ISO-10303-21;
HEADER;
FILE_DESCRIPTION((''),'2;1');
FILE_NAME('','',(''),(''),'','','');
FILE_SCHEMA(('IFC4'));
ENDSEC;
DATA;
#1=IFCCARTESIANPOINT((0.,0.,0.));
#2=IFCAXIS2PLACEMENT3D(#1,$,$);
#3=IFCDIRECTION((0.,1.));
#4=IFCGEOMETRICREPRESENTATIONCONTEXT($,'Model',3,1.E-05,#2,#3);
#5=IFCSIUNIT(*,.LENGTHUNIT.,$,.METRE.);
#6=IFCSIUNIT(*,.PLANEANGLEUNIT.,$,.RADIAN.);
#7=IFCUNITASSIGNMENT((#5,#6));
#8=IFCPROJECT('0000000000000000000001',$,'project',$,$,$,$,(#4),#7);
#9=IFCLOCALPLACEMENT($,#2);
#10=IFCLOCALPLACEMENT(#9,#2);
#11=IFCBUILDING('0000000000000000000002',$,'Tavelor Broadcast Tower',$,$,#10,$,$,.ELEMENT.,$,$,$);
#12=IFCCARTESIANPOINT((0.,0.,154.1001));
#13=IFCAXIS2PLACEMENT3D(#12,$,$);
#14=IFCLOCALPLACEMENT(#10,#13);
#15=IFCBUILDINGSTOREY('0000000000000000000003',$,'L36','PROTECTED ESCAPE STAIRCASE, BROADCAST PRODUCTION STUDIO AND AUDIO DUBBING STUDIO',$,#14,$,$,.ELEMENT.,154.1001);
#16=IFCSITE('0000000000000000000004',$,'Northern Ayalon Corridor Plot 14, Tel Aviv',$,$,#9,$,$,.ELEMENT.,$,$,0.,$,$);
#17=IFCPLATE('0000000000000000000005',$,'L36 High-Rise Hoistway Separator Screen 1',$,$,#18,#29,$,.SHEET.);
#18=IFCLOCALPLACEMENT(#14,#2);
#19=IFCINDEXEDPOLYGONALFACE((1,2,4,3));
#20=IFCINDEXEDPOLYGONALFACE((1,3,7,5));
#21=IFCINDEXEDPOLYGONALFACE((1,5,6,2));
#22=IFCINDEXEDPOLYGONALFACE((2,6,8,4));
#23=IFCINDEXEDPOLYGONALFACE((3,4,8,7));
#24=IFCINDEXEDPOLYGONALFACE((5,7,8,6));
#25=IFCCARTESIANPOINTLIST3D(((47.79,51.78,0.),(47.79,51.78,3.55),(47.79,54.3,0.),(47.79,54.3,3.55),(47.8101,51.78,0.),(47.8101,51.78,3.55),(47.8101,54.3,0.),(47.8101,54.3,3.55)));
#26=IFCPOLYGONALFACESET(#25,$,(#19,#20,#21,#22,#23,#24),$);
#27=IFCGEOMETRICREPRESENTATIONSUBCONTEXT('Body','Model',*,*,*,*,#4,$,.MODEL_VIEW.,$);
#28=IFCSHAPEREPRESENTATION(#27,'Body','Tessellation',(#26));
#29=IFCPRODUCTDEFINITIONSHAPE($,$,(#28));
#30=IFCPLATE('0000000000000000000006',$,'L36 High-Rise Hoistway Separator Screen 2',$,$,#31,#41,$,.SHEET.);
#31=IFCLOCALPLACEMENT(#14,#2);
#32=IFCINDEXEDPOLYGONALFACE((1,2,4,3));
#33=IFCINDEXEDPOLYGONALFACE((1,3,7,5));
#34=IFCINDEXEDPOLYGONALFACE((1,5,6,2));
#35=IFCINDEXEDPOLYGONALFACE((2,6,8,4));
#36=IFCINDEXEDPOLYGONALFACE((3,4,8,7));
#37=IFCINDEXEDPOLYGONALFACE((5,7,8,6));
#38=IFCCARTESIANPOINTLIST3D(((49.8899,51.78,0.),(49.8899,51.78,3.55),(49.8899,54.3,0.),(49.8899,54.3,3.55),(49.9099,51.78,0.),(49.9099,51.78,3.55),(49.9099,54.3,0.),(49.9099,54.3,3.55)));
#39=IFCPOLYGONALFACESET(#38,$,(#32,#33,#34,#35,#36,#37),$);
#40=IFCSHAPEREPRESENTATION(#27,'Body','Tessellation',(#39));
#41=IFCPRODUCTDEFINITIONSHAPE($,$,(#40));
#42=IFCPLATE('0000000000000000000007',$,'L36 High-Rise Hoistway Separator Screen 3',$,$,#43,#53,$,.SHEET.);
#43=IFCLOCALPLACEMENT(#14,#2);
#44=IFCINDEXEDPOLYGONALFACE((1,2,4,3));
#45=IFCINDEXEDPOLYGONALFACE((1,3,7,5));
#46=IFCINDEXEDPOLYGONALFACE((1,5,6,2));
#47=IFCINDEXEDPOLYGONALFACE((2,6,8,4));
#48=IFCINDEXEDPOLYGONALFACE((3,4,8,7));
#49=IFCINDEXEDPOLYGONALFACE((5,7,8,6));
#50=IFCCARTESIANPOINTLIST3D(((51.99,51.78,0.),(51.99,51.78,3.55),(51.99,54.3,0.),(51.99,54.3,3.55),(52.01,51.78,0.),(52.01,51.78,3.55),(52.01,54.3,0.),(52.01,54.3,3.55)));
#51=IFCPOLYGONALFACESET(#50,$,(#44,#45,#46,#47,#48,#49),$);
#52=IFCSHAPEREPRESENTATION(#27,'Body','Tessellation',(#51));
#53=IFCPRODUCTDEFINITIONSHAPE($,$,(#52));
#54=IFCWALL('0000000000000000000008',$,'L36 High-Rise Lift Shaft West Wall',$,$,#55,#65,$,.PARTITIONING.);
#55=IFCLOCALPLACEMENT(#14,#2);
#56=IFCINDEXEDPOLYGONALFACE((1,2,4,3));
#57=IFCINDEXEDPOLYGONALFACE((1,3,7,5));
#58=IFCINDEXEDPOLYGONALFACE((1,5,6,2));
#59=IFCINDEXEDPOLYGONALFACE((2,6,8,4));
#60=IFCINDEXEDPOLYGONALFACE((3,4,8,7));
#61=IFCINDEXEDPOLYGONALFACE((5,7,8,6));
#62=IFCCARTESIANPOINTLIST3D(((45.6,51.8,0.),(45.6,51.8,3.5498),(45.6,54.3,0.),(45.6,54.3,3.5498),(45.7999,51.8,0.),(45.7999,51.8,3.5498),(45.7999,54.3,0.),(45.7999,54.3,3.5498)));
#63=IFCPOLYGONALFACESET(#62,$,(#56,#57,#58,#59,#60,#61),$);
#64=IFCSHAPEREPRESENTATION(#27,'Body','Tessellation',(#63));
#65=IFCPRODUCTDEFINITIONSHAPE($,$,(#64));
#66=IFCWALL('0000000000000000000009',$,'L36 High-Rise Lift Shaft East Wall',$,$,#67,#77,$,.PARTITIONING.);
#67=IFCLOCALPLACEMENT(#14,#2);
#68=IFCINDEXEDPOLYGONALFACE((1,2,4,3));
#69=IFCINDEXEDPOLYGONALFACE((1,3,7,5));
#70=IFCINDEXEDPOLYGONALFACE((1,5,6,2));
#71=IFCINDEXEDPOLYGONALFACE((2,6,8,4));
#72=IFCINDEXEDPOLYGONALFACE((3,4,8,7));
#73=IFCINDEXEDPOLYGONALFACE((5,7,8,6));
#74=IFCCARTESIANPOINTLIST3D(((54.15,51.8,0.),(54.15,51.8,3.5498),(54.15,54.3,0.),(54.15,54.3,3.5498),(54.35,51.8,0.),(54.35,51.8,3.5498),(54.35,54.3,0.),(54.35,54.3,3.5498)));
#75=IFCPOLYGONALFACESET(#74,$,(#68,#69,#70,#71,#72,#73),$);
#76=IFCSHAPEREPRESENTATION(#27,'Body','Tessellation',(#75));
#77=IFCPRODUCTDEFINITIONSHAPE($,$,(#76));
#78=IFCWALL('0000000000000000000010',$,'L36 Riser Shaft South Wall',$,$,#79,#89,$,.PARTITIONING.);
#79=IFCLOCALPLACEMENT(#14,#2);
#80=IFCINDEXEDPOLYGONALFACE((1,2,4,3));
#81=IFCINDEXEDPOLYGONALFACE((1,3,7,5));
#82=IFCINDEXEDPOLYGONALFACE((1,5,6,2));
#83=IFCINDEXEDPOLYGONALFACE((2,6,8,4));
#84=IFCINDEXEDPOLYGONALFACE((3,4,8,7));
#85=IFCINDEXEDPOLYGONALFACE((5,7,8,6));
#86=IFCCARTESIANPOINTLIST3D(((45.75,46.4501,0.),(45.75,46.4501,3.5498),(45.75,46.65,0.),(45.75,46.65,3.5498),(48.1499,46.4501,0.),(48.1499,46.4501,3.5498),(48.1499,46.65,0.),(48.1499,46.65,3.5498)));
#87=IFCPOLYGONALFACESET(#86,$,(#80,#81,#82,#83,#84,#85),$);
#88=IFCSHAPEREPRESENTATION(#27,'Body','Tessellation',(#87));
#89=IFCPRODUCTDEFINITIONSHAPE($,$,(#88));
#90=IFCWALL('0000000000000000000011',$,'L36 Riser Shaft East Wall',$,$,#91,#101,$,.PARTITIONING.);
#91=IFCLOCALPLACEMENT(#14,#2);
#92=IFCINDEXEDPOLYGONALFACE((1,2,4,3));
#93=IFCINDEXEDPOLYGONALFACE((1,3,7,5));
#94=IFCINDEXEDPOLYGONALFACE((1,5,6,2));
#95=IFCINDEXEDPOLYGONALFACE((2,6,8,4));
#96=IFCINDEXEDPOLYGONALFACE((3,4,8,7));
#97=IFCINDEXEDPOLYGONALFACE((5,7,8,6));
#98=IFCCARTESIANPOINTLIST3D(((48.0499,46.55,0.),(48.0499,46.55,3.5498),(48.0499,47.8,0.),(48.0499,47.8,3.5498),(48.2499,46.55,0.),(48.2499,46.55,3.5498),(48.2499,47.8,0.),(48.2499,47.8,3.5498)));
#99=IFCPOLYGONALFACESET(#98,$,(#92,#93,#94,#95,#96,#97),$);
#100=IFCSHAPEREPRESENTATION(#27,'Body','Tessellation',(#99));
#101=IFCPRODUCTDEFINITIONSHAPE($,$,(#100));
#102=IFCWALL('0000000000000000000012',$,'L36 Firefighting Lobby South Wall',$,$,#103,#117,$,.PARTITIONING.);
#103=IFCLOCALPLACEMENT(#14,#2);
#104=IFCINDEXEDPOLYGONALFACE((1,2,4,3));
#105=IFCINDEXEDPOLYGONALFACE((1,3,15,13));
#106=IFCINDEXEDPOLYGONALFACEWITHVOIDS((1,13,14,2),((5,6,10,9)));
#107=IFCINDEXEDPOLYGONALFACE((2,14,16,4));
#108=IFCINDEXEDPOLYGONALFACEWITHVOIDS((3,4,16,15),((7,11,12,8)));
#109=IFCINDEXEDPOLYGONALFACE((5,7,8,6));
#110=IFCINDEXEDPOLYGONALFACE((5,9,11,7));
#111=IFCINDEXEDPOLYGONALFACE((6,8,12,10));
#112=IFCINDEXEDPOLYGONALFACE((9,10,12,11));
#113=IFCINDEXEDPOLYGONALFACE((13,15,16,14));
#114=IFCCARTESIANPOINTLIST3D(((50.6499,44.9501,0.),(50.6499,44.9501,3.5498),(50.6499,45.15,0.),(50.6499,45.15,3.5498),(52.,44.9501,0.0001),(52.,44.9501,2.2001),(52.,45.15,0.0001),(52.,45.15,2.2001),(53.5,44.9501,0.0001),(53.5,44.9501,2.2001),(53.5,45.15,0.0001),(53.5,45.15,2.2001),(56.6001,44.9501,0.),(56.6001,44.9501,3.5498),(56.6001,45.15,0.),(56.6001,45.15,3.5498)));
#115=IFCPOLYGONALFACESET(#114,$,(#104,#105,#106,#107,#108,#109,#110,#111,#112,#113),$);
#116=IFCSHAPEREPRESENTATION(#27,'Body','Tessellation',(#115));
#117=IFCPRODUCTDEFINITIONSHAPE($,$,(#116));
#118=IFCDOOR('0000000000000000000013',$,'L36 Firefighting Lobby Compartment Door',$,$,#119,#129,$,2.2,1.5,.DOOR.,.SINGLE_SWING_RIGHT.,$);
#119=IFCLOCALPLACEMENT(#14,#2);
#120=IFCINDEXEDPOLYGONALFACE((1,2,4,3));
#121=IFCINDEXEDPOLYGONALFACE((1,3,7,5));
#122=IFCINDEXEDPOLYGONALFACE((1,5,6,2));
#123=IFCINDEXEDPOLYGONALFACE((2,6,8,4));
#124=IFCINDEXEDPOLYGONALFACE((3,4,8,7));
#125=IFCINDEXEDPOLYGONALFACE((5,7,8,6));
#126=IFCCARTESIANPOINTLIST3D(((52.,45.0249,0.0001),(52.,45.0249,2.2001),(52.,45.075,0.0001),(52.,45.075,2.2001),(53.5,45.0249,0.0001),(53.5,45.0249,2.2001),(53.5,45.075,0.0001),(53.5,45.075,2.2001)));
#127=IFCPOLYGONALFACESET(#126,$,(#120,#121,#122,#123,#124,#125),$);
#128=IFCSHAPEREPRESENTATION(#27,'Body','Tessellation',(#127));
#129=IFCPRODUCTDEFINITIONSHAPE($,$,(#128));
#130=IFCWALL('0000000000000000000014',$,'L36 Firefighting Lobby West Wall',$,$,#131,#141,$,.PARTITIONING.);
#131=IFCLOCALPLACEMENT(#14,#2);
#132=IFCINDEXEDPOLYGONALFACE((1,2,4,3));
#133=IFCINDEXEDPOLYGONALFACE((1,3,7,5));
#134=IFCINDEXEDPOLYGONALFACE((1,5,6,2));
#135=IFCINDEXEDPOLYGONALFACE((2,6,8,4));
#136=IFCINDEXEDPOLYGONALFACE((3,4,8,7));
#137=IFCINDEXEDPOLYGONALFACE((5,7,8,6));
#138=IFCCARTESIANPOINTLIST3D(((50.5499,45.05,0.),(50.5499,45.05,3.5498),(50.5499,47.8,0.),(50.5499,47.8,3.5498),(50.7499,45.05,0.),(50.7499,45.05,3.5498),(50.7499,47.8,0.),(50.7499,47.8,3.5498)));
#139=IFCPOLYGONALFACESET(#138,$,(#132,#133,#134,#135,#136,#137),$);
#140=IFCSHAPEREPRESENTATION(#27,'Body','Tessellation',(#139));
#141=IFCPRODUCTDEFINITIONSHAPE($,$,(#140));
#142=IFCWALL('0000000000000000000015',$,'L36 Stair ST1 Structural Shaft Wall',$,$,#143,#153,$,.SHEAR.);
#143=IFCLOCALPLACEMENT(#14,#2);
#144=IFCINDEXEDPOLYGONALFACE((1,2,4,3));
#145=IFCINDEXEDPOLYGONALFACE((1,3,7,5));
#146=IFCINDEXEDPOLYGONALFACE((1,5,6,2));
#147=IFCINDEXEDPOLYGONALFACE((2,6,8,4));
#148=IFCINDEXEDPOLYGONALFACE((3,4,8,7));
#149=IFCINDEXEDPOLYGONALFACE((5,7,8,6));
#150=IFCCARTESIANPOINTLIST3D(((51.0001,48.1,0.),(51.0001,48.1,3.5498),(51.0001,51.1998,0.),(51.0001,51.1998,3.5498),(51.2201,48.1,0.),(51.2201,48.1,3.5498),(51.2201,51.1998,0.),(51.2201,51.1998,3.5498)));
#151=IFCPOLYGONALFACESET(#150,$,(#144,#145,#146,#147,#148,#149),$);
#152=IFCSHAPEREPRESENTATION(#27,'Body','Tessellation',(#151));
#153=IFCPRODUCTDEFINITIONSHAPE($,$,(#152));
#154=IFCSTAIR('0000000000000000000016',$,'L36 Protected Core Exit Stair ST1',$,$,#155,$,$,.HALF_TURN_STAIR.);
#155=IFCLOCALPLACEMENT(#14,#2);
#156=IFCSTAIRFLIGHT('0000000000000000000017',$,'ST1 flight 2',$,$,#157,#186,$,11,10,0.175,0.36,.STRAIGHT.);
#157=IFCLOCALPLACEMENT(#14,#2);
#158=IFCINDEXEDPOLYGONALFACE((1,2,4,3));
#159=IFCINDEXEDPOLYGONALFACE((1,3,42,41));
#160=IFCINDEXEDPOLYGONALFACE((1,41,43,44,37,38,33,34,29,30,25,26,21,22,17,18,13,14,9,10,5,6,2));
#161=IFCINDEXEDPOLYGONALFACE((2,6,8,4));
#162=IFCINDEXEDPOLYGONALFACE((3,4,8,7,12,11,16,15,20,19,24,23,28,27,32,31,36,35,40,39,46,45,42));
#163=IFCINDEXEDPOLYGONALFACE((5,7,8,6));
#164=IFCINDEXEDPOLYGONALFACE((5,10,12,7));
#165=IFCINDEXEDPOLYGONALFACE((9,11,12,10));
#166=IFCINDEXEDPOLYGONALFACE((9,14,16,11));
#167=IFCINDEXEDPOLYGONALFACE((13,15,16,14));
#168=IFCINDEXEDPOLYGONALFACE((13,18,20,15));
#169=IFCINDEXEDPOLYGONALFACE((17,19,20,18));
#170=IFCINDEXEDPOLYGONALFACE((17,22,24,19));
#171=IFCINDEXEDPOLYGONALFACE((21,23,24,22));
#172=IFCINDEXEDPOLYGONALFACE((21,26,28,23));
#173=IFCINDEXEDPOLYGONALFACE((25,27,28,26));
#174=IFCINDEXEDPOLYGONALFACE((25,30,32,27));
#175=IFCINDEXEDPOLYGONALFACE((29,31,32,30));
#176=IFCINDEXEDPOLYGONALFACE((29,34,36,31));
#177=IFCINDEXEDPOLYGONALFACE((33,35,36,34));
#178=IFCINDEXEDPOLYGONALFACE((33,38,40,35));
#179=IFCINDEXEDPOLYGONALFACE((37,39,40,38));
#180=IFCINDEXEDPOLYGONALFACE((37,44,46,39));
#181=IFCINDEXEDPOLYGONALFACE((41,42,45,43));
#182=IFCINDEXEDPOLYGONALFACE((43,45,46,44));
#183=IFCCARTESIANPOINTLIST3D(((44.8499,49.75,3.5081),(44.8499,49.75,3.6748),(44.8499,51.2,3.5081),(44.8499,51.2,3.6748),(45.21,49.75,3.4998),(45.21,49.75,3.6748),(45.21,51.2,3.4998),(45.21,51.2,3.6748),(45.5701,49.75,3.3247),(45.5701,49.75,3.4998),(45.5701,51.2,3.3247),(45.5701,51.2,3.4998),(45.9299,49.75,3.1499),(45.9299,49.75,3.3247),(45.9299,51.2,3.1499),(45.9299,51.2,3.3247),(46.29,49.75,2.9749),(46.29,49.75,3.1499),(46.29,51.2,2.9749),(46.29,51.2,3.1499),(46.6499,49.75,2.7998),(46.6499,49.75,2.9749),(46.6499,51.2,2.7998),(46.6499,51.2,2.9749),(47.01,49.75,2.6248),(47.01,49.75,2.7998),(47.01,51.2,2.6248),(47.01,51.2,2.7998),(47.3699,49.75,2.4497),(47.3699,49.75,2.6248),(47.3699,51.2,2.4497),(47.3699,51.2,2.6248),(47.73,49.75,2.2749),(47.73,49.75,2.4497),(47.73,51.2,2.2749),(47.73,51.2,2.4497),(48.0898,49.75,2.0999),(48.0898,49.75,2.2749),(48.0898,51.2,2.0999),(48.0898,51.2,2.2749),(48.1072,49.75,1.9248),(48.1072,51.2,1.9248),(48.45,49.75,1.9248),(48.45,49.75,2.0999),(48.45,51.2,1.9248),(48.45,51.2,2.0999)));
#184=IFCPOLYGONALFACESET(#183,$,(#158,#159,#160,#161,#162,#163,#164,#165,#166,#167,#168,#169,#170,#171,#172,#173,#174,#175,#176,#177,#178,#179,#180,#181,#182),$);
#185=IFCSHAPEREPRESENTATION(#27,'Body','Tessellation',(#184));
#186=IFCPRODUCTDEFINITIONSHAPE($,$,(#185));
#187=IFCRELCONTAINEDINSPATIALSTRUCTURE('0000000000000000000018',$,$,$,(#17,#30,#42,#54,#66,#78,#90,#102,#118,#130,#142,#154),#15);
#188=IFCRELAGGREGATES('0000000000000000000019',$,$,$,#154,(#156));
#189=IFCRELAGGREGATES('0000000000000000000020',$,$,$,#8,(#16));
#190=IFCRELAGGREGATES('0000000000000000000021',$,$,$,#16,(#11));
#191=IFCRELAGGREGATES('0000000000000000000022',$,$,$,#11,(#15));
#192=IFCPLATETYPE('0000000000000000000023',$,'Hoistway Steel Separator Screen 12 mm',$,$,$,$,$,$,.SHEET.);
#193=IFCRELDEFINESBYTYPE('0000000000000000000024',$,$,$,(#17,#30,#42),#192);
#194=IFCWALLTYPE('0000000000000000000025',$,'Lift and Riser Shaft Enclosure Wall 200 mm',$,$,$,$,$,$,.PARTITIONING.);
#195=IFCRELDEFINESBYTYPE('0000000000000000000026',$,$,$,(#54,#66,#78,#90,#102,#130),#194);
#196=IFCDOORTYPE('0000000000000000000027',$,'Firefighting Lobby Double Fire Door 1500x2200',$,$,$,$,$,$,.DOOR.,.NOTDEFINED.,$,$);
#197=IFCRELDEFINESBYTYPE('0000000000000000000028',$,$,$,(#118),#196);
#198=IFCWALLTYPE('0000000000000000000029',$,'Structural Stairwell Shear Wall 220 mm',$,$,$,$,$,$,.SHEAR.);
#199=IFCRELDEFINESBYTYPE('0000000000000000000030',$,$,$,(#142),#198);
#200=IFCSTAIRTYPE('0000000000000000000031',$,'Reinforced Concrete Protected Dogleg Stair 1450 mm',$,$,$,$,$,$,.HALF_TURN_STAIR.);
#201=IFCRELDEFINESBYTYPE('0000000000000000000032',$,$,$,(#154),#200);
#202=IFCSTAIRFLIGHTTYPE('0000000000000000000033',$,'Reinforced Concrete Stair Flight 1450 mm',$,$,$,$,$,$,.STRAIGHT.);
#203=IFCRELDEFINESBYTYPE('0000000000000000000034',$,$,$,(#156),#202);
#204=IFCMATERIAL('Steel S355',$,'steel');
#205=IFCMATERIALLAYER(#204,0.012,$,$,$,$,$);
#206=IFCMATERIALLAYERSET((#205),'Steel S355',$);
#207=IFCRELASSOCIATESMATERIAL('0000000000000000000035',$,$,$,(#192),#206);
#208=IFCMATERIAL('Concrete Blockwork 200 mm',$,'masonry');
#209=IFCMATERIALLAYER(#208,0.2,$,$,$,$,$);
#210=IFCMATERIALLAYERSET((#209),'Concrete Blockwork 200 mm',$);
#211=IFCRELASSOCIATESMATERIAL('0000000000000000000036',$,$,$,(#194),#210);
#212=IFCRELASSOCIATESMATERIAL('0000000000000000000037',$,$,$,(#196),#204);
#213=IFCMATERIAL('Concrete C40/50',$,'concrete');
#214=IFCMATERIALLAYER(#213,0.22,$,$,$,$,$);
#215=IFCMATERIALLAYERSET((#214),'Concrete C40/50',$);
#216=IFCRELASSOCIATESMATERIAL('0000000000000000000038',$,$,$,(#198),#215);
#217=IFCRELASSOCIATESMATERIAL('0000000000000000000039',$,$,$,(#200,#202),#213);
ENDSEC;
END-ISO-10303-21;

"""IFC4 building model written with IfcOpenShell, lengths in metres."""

from ifc_helpers import new_model, si_unit, direction, frame, frame_2d, origin, origin_2d, place, context, subcontext, project, spatial, polyline, rectangle, outline, extrude, source, transform, mapped, material, layer, layer_set, type_object, type_shapes, element, fill, aggregate, save


model = new_model("IFC4")

# Units and contexts
model_context = context("Model", 3, precision=1e-05, world=origin(), true_north=direction((0.0, 1.0)))
body_context = subcontext(model_context, "Body", "Model", "MODEL_VIEW")
ifc_project = project(units=[si_unit("LENGTHUNIT", "METRE"), si_unit("PLANEANGLEUNIT", "RADIAN")], contexts=[model_context])

# Site, building, storey
site_placement = place(None, origin())
site = spatial("IfcSite", under=ifc_project, at=site_placement, Name="Northern Ayalon Corridor Plot 14, Tel Aviv", CompositionType="ELEMENT", RefElevation=0.0)
building_placement = place(site_placement, origin())
building = spatial("IfcBuilding", under=site, at=building_placement, Name="Tavelor Broadcast Tower", CompositionType="ELEMENT")
storey_placement = place(building_placement, frame((0.0, 0.0, 154.1001)))
storey = spatial("IfcBuildingStorey", under=building, at=storey_placement, Name="L36", Description="PROTECTED ESCAPE STAIRCASE, BROADCAST PRODUCTION STUDIO AND AUDIO DUBBING STUDIO", CompositionType="ELEMENT", Elevation=154.1001)

# Shared definitions
ifc_material_1 = material(Name="Concrete C40/50", Category="concrete")
ifc_material_2 = material(Name="Steel S355", Category="steel")

# Plates
ifc_layer_1 = layer(ifc_material_2, 0.012)
ifc_layer_set_1 = layer_set([ifc_layer_1], Name="Steel S355")
plate_type = type_object("IfcPlateType", Name="Hoistway Steel Separator Screen 12 mm", PredefinedType="SHEET", material=ifc_layer_set_1)
shared_shape = source(origin(), body_context, "Body", "SweptSolid", [
    extrude(rectangle(XDim=0.02, YDim=2.52, at=origin_2d()), origin(), (0.0, 0.0, 1.0), 3.55),
])
type_shapes(plate_type, [shared_shape])
for number, where, z_axis, x_axis, name in (
    (1, (47.8, 53.04, 0.0), (0.0, 0.0, 1.0), (1.0, 0.0, 0.0), "L36 High-Rise Hoistway Separator Screen 1"),
    (2, (49.8999, 53.04, 0.0), (0.0, 0.0, 1.0), (1.0, 0.0, 0.0), "L36 High-Rise Hoistway Separator Screen 2"),
    (3, (52.0, 53.04, 0.0), (0.0, 0.0, 1.0), (1.0, 0.0, 0.0), "L36 High-Rise Hoistway Separator Screen 3"),
):
    element("IfcPlate", number, at=place(storey_placement, frame(where, z_axis=z_axis, x_axis=x_axis)), inside=storey, type_object=plate_type, Name=name, PredefinedType="SHEET", context=body_context, shape_type="MappedRepresentation", body=[
        mapped(shared_shape, transform((0.0, 0.0, 0.0), scale=1.0)),
    ])

# Walls
ifc_material_3 = material(Name="Concrete Blockwork 200 mm", Category="masonry")
ifc_layer_2 = layer(ifc_material_3, 0.2)
ifc_layer_set_2 = layer_set([ifc_layer_2], Name="Concrete Blockwork 200 mm")
wall_type_1 = type_object("IfcWallType", Name="Lift and Riser Shaft Enclosure Wall 200 mm", PredefinedType="PARTITIONING", material=ifc_layer_set_2)
for number, where, z_axis, x_axis, name in (
    (4, (45.7, 51.8, 0.0), (0.0, 0.0, 1.0), (0.0, 1.0, 0.0), "L36 High-Rise Lift Shaft West Wall"),
    (5, (54.25, 51.8, 0.0), (0.0, 0.0, 1.0), (0.0, 1.0, 0.0), "L36 High-Rise Lift Shaft East Wall"),
):
    element("IfcWall", number, at=place(storey_placement, frame(where, z_axis=z_axis, x_axis=x_axis)), inside=storey, type_object=wall_type_1, Name=name, PredefinedType="PARTITIONING", context=body_context, shape_type="SweptSolid", body=[
        extrude(rectangle(XDim=2.5, YDim=0.2, at=frame_2d((1.25, 0.0))), origin(), (0.0, 0.0, 1.0), 3.5498),
    ])
wall_1_placement = place(storey_placement, frame((45.75, 46.55, 0.0), z_axis=(0.0, 0.0, 1.0), x_axis=(1.0, 0.0, 0.0)))
element("IfcWall", 6, at=wall_1_placement, inside=storey, type_object=wall_type_1, Name="L36 Riser Shaft South Wall", PredefinedType="PARTITIONING", context=body_context, shape_type="SweptSolid", body=[
    extrude(rectangle(XDim=2.3999, YDim=0.2, at=frame_2d((1.2, 0.0))), origin(), (0.0, 0.0, 1.0), 3.5498),
])
wall_2_placement = place(storey_placement, frame((48.1499, 46.55, 0.0), z_axis=(0.0, 0.0, 1.0), x_axis=(0.0, 1.0, 0.0)))
element("IfcWall", 7, at=wall_2_placement, inside=storey, type_object=wall_type_1, Name="L36 Riser Shaft East Wall", PredefinedType="PARTITIONING", context=body_context, shape_type="SweptSolid", body=[
    extrude(rectangle(XDim=1.25, YDim=0.2, at=frame_2d((0.625, 0.0))), origin(), (0.0, 0.0, 1.0), 3.5498),
])

# Wall, opening, door
wall_3_placement = place(storey_placement, frame((50.6499, 45.05, 0.0), z_axis=(0.0, 0.0, 1.0), x_axis=(1.0, 0.0, 0.0)))
wall_3 = element("IfcWall", 8, at=wall_3_placement, inside=storey, type_object=wall_type_1, Name="L36 Firefighting Lobby South Wall", PredefinedType="PARTITIONING", context=body_context, shape_type="SweptSolid", body=[
    extrude(rectangle(XDim=5.9502, YDim=0.2, at=frame_2d((2.9751, 0.0))), origin(), (0.0, 0.0, 1.0), 3.5498),
])
opening_placement = place(wall_3_placement, frame((1.3501, 0.0, 0.0)))
opening = element("IfcOpeningElement", 9, at=opening_placement, cuts=wall_3, PredefinedType="OPENING", context=body_context, shape_type="SweptSolid", body=[
    extrude(rectangle(XDim=1.5, YDim=2.2, at=frame_2d((0.75, 1.1001))), frame((0.0, 0.1099, 0.0), z_axis=(0.0, -1.0, 0.0), x_axis=(1.0, 0.0, 0.0)), (0.0, 0.0, 1.0), 0.22),
])
door_type = type_object("IfcDoorType", Name="Firefighting Lobby Double Fire Door 1500x2200", OperationType="NOTDEFINED", PredefinedType="DOOR", material=ifc_material_2)
door_placement = place(opening_placement, origin())
door = element("IfcDoor", 10, at=door_placement, inside=storey, type_object=door_type, Name="L36 Firefighting Lobby Compartment Door", OperationType="SINGLE_SWING_RIGHT", OverallHeight=2.2, OverallWidth=1.5, PredefinedType="DOOR", context=body_context, shape_type="SweptSolid", body=[
    extrude(rectangle(XDim=1.5, YDim=2.2, at=frame_2d((0.75, 1.1001))), frame((0.0, 0.0249, 0.0), z_axis=(0.0, -1.0, 0.0), x_axis=(1.0, 0.0, 0.0)), (0.0, 0.0, 1.0), 0.05),
])
fill(opening, door)

# Walls
wall_4_placement = place(storey_placement, frame((50.6499, 45.05, 0.0), z_axis=(0.0, 0.0, 1.0), x_axis=(0.0, 1.0, 0.0)))
element("IfcWall", 11, at=wall_4_placement, inside=storey, type_object=wall_type_1, Name="L36 Firefighting Lobby West Wall", PredefinedType="PARTITIONING", context=body_context, shape_type="SweptSolid", body=[
    extrude(rectangle(XDim=2.75, YDim=0.2, at=frame_2d((1.375, 0.0))), origin(), (0.0, 0.0, 1.0), 3.5498),
])
ifc_layer_3 = layer(ifc_material_1, 0.22)
ifc_layer_set_3 = layer_set([ifc_layer_3], Name="Concrete C40/50")
wall_type_2 = type_object("IfcWallType", Name="Structural Stairwell Shear Wall 220 mm", PredefinedType="SHEAR", material=ifc_layer_set_3)
wall_5_placement = place(storey_placement, frame((51.1101, 48.1001, 0.0), z_axis=(0.0, 0.0, 1.0), x_axis=(0.0, 1.0, 0.0)))
element("IfcWall", 12, at=wall_5_placement, inside=storey, type_object=wall_type_2, Name="L36 Stair ST1 Structural Shaft Wall", PredefinedType="SHEAR", context=body_context, shape_type="SweptSolid", body=[
    extrude(rectangle(XDim=3.0999, YDim=0.22, at=frame_2d((1.5498, 0.0))), origin(), (0.0, 0.0, 1.0), 3.5498),
])

# Stair, stair flight
stair_type = type_object("IfcStairType", Name="Reinforced Concrete Protected Dogleg Stair 1450 mm", PredefinedType="HALF_TURN_STAIR", material=ifc_material_1)
stair_placement = place(storey_placement, origin())
stair = element("IfcStair", 13, at=stair_placement, inside=storey, type_object=stair_type, Name="L36 Protected Core Exit Stair ST1", PredefinedType="HALF_TURN_STAIR")
stair_flight_type = type_object("IfcStairFlightType", Name="Reinforced Concrete Stair Flight 1450 mm", PredefinedType="STRAIGHT", material=ifc_material_1)
stair_flight_placement = place(storey_placement, frame((48.45, 50.4751, 1.9248), z_axis=(0.0, 0.0, 1.0), x_axis=(-1.0, 0.0, 0.0)))
stair_flight = element("IfcStairFlight", 14, at=stair_flight_placement, type_object=stair_flight_type, Name="ST1 flight 2", NumberOfRisers=11, NumberOfTreads=10, PredefinedType="STRAIGHT", RiserHeight=0.175, TreadLength=0.36, context=body_context, shape_type="SweptSolid", body=[
    extrude(outline(polyline([(0.0, 0.0), (0.0, 0.175), (0.3601, 0.175), (0.3601, 0.3501), (0.72, 0.3501), (0.72, 0.5249), (1.0801, 0.5249), (1.0801, 0.7), (1.4399, 0.7), (1.4399, 0.875), (1.8, 0.875), (1.8, 1.05), (2.1599, 1.05), (2.1599, 1.2251), (2.52, 1.2251), (2.52, 1.3999), (2.8799, 1.3999), (2.8799, 1.575), (3.24, 1.575), (3.24, 1.75), (3.6001, 1.75), (3.6001, 1.925), (3.6001, 1.5833), (0.3428, 0.0), (0.0, 0.0)])), frame((0.0, 0.7251, 0.0), z_axis=(0.0, -1.0, 0.0), x_axis=(1.0, 0.0, 0.0)), (0.0, 0.0, 1.0), 1.45),
])
aggregate(stair, [stair_flight])

save(model, "model.ifc")
